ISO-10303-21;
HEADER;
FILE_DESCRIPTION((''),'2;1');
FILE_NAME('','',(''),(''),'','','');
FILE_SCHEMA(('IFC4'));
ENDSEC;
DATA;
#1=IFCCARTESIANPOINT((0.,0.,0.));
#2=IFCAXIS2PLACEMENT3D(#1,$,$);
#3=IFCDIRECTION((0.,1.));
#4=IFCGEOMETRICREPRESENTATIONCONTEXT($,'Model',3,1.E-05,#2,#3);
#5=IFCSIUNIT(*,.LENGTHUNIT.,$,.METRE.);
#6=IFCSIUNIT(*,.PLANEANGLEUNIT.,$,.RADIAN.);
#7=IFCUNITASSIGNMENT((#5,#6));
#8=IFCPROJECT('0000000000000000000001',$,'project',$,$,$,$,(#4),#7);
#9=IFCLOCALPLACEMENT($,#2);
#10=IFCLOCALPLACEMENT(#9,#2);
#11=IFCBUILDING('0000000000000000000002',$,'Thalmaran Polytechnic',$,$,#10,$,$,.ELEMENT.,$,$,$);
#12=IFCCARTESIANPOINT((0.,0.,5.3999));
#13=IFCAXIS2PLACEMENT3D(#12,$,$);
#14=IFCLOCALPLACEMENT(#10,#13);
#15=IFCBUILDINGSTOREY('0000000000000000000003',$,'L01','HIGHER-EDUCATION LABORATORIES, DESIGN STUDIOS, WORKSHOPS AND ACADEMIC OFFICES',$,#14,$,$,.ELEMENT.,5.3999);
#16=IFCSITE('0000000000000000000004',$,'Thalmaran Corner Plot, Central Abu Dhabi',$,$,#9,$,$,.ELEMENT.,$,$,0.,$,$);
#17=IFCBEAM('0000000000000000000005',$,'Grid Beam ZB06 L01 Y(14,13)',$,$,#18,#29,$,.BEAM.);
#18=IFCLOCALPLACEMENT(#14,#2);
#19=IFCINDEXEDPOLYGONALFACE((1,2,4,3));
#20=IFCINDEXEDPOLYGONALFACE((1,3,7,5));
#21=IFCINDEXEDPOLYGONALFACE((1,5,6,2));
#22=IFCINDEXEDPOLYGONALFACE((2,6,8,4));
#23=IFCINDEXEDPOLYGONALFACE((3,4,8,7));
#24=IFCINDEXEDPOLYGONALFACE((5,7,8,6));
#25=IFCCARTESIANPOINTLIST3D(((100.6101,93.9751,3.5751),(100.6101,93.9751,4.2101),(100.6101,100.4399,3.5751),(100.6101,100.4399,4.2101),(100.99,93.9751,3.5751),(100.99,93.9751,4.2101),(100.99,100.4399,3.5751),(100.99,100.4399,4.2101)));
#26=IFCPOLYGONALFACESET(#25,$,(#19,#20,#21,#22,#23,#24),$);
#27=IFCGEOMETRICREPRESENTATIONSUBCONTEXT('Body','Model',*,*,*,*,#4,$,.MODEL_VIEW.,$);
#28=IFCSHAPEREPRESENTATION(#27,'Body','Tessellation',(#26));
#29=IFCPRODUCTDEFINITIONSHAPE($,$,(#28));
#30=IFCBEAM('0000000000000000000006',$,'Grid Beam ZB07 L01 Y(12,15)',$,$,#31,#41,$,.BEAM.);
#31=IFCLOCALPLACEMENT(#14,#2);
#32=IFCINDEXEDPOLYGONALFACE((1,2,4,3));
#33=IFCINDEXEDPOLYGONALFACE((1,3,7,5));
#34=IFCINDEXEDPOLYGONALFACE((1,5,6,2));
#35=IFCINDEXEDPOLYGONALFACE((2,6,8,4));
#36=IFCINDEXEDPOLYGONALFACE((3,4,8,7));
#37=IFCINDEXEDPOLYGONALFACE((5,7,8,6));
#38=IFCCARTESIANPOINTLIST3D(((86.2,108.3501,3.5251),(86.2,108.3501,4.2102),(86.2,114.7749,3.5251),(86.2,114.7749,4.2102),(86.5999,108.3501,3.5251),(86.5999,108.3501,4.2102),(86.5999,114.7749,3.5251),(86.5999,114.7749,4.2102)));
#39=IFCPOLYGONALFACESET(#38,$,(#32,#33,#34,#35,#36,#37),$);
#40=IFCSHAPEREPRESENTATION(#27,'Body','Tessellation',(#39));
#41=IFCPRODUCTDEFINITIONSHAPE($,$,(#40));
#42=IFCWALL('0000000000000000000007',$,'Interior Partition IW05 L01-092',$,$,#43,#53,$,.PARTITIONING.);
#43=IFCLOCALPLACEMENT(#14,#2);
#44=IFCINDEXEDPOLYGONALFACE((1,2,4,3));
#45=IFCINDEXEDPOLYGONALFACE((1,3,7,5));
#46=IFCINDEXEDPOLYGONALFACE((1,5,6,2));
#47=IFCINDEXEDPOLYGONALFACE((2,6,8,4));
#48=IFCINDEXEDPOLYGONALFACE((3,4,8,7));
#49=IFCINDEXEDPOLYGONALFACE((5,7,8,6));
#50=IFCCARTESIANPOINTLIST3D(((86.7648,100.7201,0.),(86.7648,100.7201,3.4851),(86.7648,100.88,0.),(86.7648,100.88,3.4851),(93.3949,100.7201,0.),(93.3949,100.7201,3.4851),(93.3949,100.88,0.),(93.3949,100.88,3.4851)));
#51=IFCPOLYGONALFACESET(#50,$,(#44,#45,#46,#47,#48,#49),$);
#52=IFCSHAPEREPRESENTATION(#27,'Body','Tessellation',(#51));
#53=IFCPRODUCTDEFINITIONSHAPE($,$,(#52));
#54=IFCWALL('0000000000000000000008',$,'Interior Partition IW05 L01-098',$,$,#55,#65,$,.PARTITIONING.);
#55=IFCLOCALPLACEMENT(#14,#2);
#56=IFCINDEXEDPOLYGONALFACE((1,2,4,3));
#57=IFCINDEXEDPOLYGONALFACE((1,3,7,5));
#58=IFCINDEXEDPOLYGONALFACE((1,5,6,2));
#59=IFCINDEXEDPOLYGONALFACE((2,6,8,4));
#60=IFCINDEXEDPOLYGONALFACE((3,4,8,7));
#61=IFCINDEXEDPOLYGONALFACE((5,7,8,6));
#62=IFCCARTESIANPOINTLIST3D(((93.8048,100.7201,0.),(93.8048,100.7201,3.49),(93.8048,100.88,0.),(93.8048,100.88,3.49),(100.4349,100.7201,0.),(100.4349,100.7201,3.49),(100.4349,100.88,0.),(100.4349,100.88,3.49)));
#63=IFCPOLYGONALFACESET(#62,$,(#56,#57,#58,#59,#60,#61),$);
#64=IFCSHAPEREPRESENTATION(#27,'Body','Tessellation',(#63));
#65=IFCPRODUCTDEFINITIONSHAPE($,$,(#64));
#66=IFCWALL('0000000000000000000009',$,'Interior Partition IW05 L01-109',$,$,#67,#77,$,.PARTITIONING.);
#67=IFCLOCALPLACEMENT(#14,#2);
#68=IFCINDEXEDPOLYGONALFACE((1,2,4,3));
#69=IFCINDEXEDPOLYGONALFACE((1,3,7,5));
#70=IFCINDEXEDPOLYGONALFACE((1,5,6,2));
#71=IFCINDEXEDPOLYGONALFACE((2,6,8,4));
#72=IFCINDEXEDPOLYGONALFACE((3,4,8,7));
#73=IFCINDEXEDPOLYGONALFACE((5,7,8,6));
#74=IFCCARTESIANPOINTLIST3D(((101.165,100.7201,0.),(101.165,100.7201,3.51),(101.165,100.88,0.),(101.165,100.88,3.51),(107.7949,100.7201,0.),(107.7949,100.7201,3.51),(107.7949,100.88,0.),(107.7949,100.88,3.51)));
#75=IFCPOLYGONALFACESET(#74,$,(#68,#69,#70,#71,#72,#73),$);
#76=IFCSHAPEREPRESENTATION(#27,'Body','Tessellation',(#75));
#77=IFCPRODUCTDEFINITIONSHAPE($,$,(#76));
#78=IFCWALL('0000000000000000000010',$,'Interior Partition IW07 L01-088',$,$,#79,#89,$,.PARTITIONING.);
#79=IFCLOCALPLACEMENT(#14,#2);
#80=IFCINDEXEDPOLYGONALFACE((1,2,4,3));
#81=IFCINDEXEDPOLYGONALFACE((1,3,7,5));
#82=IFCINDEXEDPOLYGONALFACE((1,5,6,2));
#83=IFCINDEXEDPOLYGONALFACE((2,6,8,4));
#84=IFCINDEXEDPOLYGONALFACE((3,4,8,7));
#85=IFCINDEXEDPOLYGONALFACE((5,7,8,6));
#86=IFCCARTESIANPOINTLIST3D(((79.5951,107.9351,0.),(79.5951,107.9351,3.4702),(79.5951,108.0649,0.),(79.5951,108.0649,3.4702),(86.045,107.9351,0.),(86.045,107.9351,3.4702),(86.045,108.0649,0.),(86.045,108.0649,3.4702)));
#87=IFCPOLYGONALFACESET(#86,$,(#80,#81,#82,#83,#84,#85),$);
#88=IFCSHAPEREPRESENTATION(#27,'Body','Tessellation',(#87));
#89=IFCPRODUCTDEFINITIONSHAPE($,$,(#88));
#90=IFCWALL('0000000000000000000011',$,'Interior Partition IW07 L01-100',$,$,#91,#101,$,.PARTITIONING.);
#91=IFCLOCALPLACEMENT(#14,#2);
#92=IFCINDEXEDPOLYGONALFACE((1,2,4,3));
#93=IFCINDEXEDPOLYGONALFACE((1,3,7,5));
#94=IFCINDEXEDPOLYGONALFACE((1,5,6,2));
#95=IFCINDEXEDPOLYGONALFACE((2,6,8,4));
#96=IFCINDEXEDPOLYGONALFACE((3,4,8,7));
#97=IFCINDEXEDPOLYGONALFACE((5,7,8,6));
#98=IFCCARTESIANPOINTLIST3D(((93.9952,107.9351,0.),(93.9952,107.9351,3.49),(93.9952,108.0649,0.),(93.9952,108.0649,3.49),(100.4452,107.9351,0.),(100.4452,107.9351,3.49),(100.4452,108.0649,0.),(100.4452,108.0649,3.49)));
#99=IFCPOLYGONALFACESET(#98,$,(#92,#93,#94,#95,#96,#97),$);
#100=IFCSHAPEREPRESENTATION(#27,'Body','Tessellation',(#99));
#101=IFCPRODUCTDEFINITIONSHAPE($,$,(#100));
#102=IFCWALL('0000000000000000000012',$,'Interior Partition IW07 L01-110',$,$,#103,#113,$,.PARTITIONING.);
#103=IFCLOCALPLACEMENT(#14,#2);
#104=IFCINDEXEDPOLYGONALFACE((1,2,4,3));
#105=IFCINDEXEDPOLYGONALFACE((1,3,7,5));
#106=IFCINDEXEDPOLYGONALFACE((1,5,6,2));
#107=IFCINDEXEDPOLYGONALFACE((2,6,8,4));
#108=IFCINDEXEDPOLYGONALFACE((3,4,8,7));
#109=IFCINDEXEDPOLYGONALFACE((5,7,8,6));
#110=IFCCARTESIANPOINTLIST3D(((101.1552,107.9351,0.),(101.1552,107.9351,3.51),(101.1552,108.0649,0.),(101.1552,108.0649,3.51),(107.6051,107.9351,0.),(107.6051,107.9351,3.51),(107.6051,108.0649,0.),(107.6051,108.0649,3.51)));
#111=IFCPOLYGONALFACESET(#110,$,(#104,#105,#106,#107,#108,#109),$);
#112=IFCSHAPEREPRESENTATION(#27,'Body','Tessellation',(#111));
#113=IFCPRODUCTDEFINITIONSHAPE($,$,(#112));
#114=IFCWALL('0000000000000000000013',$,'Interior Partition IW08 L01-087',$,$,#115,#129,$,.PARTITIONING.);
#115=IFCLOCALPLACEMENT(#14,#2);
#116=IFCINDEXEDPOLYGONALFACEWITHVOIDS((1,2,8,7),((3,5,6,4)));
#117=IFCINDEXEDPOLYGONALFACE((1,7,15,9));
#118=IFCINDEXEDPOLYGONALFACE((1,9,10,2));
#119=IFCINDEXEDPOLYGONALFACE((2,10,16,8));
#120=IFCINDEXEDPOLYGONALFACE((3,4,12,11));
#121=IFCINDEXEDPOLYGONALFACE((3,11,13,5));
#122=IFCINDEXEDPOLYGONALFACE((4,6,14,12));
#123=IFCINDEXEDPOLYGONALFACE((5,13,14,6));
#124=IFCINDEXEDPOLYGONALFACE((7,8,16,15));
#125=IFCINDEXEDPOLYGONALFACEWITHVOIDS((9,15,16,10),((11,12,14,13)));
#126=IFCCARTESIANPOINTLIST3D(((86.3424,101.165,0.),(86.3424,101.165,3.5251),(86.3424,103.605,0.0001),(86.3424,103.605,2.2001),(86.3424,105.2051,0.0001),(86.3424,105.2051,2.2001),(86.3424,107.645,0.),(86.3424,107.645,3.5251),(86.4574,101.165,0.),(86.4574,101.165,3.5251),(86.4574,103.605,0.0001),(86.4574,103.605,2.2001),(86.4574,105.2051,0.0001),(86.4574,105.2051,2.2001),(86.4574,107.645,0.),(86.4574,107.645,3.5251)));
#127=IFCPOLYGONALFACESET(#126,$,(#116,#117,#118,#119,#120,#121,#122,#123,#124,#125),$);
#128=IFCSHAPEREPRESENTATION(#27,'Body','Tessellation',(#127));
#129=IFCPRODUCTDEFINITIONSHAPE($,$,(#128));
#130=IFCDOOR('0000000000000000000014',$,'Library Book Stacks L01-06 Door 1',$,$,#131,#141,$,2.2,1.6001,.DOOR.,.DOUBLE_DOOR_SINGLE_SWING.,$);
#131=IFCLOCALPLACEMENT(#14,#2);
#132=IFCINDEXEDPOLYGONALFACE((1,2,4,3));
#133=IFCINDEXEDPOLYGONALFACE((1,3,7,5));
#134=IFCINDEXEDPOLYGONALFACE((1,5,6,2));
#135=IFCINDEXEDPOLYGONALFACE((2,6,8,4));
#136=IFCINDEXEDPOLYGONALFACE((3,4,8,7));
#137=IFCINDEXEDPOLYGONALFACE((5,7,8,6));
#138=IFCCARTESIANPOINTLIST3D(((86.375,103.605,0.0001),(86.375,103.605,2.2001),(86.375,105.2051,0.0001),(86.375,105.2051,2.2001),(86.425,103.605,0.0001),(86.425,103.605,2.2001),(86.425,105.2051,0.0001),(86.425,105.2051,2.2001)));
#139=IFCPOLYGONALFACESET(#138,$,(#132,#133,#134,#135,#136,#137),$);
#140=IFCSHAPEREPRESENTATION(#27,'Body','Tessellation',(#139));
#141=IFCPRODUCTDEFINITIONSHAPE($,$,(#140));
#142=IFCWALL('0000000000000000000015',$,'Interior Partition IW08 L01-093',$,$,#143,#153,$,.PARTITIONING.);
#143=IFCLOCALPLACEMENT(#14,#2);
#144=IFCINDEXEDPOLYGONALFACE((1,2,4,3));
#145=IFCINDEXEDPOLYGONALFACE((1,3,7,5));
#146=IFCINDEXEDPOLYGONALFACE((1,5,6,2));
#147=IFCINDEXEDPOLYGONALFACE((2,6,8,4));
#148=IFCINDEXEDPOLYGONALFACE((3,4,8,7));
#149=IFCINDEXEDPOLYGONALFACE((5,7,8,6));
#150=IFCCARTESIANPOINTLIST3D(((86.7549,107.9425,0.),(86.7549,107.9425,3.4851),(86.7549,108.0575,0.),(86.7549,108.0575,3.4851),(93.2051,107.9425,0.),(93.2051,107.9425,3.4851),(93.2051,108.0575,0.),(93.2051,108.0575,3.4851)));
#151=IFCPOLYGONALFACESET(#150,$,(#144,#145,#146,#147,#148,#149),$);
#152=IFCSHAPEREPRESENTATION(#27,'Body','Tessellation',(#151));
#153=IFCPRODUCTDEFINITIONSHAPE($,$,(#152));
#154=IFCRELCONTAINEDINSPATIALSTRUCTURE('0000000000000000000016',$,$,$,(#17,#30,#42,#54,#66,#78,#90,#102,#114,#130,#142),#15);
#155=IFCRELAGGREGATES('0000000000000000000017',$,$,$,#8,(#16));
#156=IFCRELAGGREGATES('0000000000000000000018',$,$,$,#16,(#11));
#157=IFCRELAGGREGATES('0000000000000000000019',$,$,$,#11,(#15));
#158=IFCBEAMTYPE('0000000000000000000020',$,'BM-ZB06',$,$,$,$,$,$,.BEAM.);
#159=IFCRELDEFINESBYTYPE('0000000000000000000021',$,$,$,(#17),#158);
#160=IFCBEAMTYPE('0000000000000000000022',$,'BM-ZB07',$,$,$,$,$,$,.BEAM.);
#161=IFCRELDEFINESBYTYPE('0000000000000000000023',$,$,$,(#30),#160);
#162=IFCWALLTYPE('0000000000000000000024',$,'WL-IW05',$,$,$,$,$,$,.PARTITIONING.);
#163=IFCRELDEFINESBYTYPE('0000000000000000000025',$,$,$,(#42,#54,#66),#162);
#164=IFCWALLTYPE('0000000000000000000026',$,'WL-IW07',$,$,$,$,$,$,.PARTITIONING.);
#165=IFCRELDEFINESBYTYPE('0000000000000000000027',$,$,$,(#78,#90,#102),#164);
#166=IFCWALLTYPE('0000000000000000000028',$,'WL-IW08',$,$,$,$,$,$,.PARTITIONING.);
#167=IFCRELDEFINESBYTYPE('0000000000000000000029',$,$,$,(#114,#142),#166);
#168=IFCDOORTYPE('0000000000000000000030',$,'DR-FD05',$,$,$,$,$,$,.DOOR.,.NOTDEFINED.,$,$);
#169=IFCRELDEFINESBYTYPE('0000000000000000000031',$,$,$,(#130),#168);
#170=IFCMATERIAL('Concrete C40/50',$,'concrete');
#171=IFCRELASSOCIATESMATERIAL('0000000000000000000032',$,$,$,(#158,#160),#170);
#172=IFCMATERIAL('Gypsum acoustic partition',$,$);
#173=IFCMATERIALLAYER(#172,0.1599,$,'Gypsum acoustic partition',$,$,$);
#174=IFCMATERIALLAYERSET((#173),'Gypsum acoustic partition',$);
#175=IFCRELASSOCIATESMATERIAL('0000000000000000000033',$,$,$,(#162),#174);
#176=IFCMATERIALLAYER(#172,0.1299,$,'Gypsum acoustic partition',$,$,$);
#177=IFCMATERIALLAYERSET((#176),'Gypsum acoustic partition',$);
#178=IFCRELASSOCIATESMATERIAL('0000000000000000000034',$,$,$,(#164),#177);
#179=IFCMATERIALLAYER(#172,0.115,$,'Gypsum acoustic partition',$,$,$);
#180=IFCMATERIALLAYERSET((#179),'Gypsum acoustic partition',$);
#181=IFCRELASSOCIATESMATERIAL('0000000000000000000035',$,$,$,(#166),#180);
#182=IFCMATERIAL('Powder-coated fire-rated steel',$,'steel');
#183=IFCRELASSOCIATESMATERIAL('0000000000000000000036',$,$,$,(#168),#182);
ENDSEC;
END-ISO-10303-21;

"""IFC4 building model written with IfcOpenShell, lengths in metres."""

from ifc_helpers import new_model, si_unit, direction, frame, frame_2d, origin, origin_2d, place, context, subcontext, project, spatial, rectangle, extrude, material, layer, layer_set, material_profile, profile_set, type_object, element, fill, save


model = new_model("IFC4")

# Units and contexts
model_context = context("Model", 3, precision=1e-05, world=origin(), true_north=direction((0.0, 1.0)))
body_context = subcontext(model_context, "Body", "Model", "MODEL_VIEW")
ifc_project = project(units=[si_unit("LENGTHUNIT", "METRE"), si_unit("PLANEANGLEUNIT", "RADIAN")], contexts=[model_context])

# Site, building, storey
site_placement = place(None, origin())
site = spatial("IfcSite", under=ifc_project, at=site_placement, Name="Thalmaran Corner Plot, Central Abu Dhabi", CompositionType="ELEMENT", RefElevation=0.0)
building_placement = place(site_placement, origin())
building = spatial("IfcBuilding", under=site, at=building_placement, Name="Thalmaran Polytechnic", CompositionType="ELEMENT")
storey_placement = place(building_placement, frame((0.0, 0.0, 5.3999)))
storey = spatial("IfcBuildingStorey", under=building, at=storey_placement, Name="L01", Description="HIGHER-EDUCATION LABORATORIES, DESIGN STUDIOS, WORKSHOPS AND ACADEMIC OFFICES", CompositionType="ELEMENT", Elevation=5.3999)

# Shared definitions
ifc_material_1 = material(Name="Concrete C40/50", Category="concrete")

# Beams
ifc_material_profile_1 = material_profile(ifc_material_1, rectangle(XDim=0.3799, YDim=0.635, at=origin_2d()), Name="RC 380x635")
ifc_profile_set_1 = profile_set([ifc_material_profile_1], Name="Concrete C40/50")
beam_type_1 = type_object("IfcBeamType", Name="BM-ZB06", PredefinedType="BEAM", material=ifc_profile_set_1)
beam_1_placement = place(storey_placement, frame((100.8, 93.9751, 3.8926), z_axis=(0.0, 1.0, 0.0), x_axis=(-1.0, 0.0, 0.0)))
element("IfcBeam", 1, at=beam_1_placement, inside=storey, type_object=beam_type_1, Name="Grid Beam ZB06 L01 Y(14,13)", PredefinedType="BEAM", context=body_context, shape_type="SweptSolid", body=[
    extrude(rectangle(XDim=0.3799, YDim=0.635, at=origin_2d()), origin(), (0.0, 0.0, 1.0), 6.4648),
])
ifc_material_profile_2 = material_profile(ifc_material_1, rectangle(XDim=0.3999, YDim=0.6851, at=origin_2d()), Name="RC 400x685")
ifc_profile_set_2 = profile_set([ifc_material_profile_2], Name="Concrete C40/50")
beam_type_2 = type_object("IfcBeamType", Name="BM-ZB07", PredefinedType="BEAM", material=ifc_profile_set_2)
beam_2_placement = place(storey_placement, frame((86.3999, 108.3501, 3.8677), z_axis=(0.0, 1.0, 0.0), x_axis=(-1.0, 0.0, 0.0)))
element("IfcBeam", 2, at=beam_2_placement, inside=storey, type_object=beam_type_2, Name="Grid Beam ZB07 L01 Y(12,15)", PredefinedType="BEAM", context=body_context, shape_type="SweptSolid", body=[
    extrude(rectangle(XDim=0.3999, YDim=0.6851, at=origin_2d()), origin(), (0.0, 0.0, 1.0), 6.4248),
])

# Walls
ifc_material_2 = material(Name="Gypsum acoustic partition")
ifc_layer_1 = layer(ifc_material_2, 0.1599, Name="Gypsum acoustic partition")
ifc_layer_set_1 = layer_set([ifc_layer_1], Name="Gypsum acoustic partition")
wall_type_1 = type_object("IfcWallType", Name="WL-IW05", PredefinedType="PARTITIONING", material=ifc_layer_set_1)
wall_1_placement = place(storey_placement, frame((86.7649, 100.8, 0.0), z_axis=(0.0, 0.0, 1.0), x_axis=(1.0, 0.0, 0.0)))
element("IfcWall", 3, at=wall_1_placement, inside=storey, type_object=wall_type_1, Name="Interior Partition IW05 L01-092", PredefinedType="PARTITIONING", context=body_context, shape_type="SweptSolid", body=[
    extrude(rectangle(XDim=6.6301, YDim=0.1599, at=frame_2d((3.3149, 0.0))), origin(), (0.0, 0.0, 1.0), 3.4851),
])
wall_2_placement = place(storey_placement, frame((93.8049, 100.8, 0.0), z_axis=(0.0, 0.0, 1.0), x_axis=(1.0, 0.0, 0.0)))
element("IfcWall", 4, at=wall_2_placement, inside=storey, type_object=wall_type_1, Name="Interior Partition IW05 L01-098", PredefinedType="PARTITIONING", context=body_context, shape_type="SweptSolid", body=[
    extrude(rectangle(XDim=6.6301, YDim=0.1599, at=frame_2d((3.3149, 0.0))), origin(), (0.0, 0.0, 1.0), 3.49),
])
wall_3_placement = place(storey_placement, frame((101.165, 100.8, 0.0), z_axis=(0.0, 0.0, 1.0), x_axis=(1.0, 0.0, 0.0)))
element("IfcWall", 5, at=wall_3_placement, inside=storey, type_object=wall_type_1, Name="Interior Partition IW05 L01-109", PredefinedType="PARTITIONING", context=body_context, shape_type="SweptSolid", body=[
    extrude(rectangle(XDim=6.6299, YDim=0.1599, at=frame_2d((3.3149, 0.0))), origin(), (0.0, 0.0, 1.0), 3.51),
])
ifc_layer_2 = layer(ifc_material_2, 0.1299, Name="Gypsum acoustic partition")
ifc_layer_set_2 = layer_set([ifc_layer_2], Name="Gypsum acoustic partition")
wall_type_2 = type_object("IfcWallType", Name="WL-IW07", PredefinedType="PARTITIONING", material=ifc_layer_set_2)
wall_4_placement = place(storey_placement, frame((79.595, 108.0, 0.0), z_axis=(0.0, 0.0, 1.0), x_axis=(1.0, 0.0, 0.0)))
element("IfcWall", 6, at=wall_4_placement, inside=storey, type_object=wall_type_2, Name="Interior Partition IW07 L01-088", PredefinedType="PARTITIONING", context=body_context, shape_type="SweptSolid", body=[
    extrude(rectangle(XDim=6.45, YDim=0.1299, at=frame_2d((3.2251, 0.0))), origin(), (0.0, 0.0, 1.0), 3.4702),
])
wall_5_placement = place(storey_placement, frame((93.9951, 108.0, 0.0), z_axis=(0.0, 0.0, 1.0), x_axis=(1.0, 0.0, 0.0)))
element("IfcWall", 7, at=wall_5_placement, inside=storey, type_object=wall_type_2, Name="Interior Partition IW07 L01-100", PredefinedType="PARTITIONING", context=body_context, shape_type="SweptSolid", body=[
    extrude(rectangle(XDim=6.45, YDim=0.1299, at=frame_2d((3.2251, 0.0))), origin(), (0.0, 0.0, 1.0), 3.49),
])
wall_6_placement = place(storey_placement, frame((101.155, 108.0, 0.0), z_axis=(0.0, 0.0, 1.0), x_axis=(1.0, 0.0, 0.0)))
element("IfcWall", 8, at=wall_6_placement, inside=storey, type_object=wall_type_2, Name="Interior Partition IW07 L01-110", PredefinedType="PARTITIONING", context=body_context, shape_type="SweptSolid", body=[
    extrude(rectangle(XDim=6.45, YDim=0.1299, at=frame_2d((3.2251, 0.0))), origin(), (0.0, 0.0, 1.0), 3.51),
])

# Wall, opening, door
ifc_layer_3 = layer(ifc_material_2, 0.115, Name="Gypsum acoustic partition")
ifc_layer_set_3 = layer_set([ifc_layer_3], Name="Gypsum acoustic partition")
wall_type_3 = type_object("IfcWallType", Name="WL-IW08", PredefinedType="PARTITIONING", material=ifc_layer_set_3)
wall_7_placement = place(storey_placement, frame((86.3999, 101.165, 0.0), z_axis=(0.0, 0.0, 1.0), x_axis=(0.0, 1.0, 0.0)))
wall_7 = element("IfcWall", 9, at=wall_7_placement, inside=storey, type_object=wall_type_3, Name="Interior Partition IW08 L01-087", PredefinedType="PARTITIONING", context=body_context, shape_type="SweptSolid", body=[
    extrude(rectangle(XDim=6.48, YDim=0.115, at=frame_2d((3.24, 0.0))), origin(), (0.0, 0.0, 1.0), 3.5251),
])
opening_1_placement = place(wall_7_placement, frame((2.4399, 0.0, 0.0)))
opening_1 = element("IfcOpeningElement", 10, at=opening_1_placement, cuts=wall_7, PredefinedType="OPENING", context=body_context, shape_type="SweptSolid", body=[
    extrude(rectangle(XDim=1.6001, YDim=2.2, at=frame_2d((0.8, 1.1001))), frame((0.0, 0.0674, 0.0), z_axis=(0.0, -1.0, 0.0), x_axis=(1.0, 0.0, 0.0)), (0.0, 0.0, 1.0), 0.135),
])
ifc_material_3 = material(Name="Powder-coated fire-rated steel", Category="steel")
door_type_1 = type_object("IfcDoorType", Name="DR-FD05", OperationType="NOTDEFINED", PredefinedType="DOOR", material=ifc_material_3)
door_1_placement = place(opening_1_placement, origin())
door_1 = element("IfcDoor", 11, at=door_1_placement, inside=storey, type_object=door_type_1, Name="Library Book Stacks L01-06 Door 1", OperationType="DOUBLE_DOOR_SINGLE_SWING", OverallHeight=2.2, OverallWidth=1.6001, PredefinedType="DOOR", context=body_context, shape_type="SweptSolid", body=[
    extrude(rectangle(XDim=1.6001, YDim=2.2, at=frame_2d((0.8, 1.1001))), frame((0.0, 0.0249, 0.0), z_axis=(0.0, -1.0, 0.0), x_axis=(1.0, 0.0, 0.0)), (0.0, 0.0, 1.0), 0.05),
])
fill(opening_1, door_1)

# Wall
wall_8_placement = place(storey_placement, frame((86.7549, 108.0, 0.0), z_axis=(0.0, 0.0, 1.0), x_axis=(1.0, 0.0, 0.0)))
element("IfcWall", 12, at=wall_8_placement, inside=storey, type_object=wall_type_3, Name="Interior Partition IW08 L01-093", PredefinedType="PARTITIONING", context=body_context, shape_type="SweptSolid", body=[
    extrude(rectangle(XDim=6.4502, YDim=0.115, at=frame_2d((3.2251, 0.0))), origin(), (0.0, 0.0, 1.0), 3.4851),
])

save(model, "model.ifc")
